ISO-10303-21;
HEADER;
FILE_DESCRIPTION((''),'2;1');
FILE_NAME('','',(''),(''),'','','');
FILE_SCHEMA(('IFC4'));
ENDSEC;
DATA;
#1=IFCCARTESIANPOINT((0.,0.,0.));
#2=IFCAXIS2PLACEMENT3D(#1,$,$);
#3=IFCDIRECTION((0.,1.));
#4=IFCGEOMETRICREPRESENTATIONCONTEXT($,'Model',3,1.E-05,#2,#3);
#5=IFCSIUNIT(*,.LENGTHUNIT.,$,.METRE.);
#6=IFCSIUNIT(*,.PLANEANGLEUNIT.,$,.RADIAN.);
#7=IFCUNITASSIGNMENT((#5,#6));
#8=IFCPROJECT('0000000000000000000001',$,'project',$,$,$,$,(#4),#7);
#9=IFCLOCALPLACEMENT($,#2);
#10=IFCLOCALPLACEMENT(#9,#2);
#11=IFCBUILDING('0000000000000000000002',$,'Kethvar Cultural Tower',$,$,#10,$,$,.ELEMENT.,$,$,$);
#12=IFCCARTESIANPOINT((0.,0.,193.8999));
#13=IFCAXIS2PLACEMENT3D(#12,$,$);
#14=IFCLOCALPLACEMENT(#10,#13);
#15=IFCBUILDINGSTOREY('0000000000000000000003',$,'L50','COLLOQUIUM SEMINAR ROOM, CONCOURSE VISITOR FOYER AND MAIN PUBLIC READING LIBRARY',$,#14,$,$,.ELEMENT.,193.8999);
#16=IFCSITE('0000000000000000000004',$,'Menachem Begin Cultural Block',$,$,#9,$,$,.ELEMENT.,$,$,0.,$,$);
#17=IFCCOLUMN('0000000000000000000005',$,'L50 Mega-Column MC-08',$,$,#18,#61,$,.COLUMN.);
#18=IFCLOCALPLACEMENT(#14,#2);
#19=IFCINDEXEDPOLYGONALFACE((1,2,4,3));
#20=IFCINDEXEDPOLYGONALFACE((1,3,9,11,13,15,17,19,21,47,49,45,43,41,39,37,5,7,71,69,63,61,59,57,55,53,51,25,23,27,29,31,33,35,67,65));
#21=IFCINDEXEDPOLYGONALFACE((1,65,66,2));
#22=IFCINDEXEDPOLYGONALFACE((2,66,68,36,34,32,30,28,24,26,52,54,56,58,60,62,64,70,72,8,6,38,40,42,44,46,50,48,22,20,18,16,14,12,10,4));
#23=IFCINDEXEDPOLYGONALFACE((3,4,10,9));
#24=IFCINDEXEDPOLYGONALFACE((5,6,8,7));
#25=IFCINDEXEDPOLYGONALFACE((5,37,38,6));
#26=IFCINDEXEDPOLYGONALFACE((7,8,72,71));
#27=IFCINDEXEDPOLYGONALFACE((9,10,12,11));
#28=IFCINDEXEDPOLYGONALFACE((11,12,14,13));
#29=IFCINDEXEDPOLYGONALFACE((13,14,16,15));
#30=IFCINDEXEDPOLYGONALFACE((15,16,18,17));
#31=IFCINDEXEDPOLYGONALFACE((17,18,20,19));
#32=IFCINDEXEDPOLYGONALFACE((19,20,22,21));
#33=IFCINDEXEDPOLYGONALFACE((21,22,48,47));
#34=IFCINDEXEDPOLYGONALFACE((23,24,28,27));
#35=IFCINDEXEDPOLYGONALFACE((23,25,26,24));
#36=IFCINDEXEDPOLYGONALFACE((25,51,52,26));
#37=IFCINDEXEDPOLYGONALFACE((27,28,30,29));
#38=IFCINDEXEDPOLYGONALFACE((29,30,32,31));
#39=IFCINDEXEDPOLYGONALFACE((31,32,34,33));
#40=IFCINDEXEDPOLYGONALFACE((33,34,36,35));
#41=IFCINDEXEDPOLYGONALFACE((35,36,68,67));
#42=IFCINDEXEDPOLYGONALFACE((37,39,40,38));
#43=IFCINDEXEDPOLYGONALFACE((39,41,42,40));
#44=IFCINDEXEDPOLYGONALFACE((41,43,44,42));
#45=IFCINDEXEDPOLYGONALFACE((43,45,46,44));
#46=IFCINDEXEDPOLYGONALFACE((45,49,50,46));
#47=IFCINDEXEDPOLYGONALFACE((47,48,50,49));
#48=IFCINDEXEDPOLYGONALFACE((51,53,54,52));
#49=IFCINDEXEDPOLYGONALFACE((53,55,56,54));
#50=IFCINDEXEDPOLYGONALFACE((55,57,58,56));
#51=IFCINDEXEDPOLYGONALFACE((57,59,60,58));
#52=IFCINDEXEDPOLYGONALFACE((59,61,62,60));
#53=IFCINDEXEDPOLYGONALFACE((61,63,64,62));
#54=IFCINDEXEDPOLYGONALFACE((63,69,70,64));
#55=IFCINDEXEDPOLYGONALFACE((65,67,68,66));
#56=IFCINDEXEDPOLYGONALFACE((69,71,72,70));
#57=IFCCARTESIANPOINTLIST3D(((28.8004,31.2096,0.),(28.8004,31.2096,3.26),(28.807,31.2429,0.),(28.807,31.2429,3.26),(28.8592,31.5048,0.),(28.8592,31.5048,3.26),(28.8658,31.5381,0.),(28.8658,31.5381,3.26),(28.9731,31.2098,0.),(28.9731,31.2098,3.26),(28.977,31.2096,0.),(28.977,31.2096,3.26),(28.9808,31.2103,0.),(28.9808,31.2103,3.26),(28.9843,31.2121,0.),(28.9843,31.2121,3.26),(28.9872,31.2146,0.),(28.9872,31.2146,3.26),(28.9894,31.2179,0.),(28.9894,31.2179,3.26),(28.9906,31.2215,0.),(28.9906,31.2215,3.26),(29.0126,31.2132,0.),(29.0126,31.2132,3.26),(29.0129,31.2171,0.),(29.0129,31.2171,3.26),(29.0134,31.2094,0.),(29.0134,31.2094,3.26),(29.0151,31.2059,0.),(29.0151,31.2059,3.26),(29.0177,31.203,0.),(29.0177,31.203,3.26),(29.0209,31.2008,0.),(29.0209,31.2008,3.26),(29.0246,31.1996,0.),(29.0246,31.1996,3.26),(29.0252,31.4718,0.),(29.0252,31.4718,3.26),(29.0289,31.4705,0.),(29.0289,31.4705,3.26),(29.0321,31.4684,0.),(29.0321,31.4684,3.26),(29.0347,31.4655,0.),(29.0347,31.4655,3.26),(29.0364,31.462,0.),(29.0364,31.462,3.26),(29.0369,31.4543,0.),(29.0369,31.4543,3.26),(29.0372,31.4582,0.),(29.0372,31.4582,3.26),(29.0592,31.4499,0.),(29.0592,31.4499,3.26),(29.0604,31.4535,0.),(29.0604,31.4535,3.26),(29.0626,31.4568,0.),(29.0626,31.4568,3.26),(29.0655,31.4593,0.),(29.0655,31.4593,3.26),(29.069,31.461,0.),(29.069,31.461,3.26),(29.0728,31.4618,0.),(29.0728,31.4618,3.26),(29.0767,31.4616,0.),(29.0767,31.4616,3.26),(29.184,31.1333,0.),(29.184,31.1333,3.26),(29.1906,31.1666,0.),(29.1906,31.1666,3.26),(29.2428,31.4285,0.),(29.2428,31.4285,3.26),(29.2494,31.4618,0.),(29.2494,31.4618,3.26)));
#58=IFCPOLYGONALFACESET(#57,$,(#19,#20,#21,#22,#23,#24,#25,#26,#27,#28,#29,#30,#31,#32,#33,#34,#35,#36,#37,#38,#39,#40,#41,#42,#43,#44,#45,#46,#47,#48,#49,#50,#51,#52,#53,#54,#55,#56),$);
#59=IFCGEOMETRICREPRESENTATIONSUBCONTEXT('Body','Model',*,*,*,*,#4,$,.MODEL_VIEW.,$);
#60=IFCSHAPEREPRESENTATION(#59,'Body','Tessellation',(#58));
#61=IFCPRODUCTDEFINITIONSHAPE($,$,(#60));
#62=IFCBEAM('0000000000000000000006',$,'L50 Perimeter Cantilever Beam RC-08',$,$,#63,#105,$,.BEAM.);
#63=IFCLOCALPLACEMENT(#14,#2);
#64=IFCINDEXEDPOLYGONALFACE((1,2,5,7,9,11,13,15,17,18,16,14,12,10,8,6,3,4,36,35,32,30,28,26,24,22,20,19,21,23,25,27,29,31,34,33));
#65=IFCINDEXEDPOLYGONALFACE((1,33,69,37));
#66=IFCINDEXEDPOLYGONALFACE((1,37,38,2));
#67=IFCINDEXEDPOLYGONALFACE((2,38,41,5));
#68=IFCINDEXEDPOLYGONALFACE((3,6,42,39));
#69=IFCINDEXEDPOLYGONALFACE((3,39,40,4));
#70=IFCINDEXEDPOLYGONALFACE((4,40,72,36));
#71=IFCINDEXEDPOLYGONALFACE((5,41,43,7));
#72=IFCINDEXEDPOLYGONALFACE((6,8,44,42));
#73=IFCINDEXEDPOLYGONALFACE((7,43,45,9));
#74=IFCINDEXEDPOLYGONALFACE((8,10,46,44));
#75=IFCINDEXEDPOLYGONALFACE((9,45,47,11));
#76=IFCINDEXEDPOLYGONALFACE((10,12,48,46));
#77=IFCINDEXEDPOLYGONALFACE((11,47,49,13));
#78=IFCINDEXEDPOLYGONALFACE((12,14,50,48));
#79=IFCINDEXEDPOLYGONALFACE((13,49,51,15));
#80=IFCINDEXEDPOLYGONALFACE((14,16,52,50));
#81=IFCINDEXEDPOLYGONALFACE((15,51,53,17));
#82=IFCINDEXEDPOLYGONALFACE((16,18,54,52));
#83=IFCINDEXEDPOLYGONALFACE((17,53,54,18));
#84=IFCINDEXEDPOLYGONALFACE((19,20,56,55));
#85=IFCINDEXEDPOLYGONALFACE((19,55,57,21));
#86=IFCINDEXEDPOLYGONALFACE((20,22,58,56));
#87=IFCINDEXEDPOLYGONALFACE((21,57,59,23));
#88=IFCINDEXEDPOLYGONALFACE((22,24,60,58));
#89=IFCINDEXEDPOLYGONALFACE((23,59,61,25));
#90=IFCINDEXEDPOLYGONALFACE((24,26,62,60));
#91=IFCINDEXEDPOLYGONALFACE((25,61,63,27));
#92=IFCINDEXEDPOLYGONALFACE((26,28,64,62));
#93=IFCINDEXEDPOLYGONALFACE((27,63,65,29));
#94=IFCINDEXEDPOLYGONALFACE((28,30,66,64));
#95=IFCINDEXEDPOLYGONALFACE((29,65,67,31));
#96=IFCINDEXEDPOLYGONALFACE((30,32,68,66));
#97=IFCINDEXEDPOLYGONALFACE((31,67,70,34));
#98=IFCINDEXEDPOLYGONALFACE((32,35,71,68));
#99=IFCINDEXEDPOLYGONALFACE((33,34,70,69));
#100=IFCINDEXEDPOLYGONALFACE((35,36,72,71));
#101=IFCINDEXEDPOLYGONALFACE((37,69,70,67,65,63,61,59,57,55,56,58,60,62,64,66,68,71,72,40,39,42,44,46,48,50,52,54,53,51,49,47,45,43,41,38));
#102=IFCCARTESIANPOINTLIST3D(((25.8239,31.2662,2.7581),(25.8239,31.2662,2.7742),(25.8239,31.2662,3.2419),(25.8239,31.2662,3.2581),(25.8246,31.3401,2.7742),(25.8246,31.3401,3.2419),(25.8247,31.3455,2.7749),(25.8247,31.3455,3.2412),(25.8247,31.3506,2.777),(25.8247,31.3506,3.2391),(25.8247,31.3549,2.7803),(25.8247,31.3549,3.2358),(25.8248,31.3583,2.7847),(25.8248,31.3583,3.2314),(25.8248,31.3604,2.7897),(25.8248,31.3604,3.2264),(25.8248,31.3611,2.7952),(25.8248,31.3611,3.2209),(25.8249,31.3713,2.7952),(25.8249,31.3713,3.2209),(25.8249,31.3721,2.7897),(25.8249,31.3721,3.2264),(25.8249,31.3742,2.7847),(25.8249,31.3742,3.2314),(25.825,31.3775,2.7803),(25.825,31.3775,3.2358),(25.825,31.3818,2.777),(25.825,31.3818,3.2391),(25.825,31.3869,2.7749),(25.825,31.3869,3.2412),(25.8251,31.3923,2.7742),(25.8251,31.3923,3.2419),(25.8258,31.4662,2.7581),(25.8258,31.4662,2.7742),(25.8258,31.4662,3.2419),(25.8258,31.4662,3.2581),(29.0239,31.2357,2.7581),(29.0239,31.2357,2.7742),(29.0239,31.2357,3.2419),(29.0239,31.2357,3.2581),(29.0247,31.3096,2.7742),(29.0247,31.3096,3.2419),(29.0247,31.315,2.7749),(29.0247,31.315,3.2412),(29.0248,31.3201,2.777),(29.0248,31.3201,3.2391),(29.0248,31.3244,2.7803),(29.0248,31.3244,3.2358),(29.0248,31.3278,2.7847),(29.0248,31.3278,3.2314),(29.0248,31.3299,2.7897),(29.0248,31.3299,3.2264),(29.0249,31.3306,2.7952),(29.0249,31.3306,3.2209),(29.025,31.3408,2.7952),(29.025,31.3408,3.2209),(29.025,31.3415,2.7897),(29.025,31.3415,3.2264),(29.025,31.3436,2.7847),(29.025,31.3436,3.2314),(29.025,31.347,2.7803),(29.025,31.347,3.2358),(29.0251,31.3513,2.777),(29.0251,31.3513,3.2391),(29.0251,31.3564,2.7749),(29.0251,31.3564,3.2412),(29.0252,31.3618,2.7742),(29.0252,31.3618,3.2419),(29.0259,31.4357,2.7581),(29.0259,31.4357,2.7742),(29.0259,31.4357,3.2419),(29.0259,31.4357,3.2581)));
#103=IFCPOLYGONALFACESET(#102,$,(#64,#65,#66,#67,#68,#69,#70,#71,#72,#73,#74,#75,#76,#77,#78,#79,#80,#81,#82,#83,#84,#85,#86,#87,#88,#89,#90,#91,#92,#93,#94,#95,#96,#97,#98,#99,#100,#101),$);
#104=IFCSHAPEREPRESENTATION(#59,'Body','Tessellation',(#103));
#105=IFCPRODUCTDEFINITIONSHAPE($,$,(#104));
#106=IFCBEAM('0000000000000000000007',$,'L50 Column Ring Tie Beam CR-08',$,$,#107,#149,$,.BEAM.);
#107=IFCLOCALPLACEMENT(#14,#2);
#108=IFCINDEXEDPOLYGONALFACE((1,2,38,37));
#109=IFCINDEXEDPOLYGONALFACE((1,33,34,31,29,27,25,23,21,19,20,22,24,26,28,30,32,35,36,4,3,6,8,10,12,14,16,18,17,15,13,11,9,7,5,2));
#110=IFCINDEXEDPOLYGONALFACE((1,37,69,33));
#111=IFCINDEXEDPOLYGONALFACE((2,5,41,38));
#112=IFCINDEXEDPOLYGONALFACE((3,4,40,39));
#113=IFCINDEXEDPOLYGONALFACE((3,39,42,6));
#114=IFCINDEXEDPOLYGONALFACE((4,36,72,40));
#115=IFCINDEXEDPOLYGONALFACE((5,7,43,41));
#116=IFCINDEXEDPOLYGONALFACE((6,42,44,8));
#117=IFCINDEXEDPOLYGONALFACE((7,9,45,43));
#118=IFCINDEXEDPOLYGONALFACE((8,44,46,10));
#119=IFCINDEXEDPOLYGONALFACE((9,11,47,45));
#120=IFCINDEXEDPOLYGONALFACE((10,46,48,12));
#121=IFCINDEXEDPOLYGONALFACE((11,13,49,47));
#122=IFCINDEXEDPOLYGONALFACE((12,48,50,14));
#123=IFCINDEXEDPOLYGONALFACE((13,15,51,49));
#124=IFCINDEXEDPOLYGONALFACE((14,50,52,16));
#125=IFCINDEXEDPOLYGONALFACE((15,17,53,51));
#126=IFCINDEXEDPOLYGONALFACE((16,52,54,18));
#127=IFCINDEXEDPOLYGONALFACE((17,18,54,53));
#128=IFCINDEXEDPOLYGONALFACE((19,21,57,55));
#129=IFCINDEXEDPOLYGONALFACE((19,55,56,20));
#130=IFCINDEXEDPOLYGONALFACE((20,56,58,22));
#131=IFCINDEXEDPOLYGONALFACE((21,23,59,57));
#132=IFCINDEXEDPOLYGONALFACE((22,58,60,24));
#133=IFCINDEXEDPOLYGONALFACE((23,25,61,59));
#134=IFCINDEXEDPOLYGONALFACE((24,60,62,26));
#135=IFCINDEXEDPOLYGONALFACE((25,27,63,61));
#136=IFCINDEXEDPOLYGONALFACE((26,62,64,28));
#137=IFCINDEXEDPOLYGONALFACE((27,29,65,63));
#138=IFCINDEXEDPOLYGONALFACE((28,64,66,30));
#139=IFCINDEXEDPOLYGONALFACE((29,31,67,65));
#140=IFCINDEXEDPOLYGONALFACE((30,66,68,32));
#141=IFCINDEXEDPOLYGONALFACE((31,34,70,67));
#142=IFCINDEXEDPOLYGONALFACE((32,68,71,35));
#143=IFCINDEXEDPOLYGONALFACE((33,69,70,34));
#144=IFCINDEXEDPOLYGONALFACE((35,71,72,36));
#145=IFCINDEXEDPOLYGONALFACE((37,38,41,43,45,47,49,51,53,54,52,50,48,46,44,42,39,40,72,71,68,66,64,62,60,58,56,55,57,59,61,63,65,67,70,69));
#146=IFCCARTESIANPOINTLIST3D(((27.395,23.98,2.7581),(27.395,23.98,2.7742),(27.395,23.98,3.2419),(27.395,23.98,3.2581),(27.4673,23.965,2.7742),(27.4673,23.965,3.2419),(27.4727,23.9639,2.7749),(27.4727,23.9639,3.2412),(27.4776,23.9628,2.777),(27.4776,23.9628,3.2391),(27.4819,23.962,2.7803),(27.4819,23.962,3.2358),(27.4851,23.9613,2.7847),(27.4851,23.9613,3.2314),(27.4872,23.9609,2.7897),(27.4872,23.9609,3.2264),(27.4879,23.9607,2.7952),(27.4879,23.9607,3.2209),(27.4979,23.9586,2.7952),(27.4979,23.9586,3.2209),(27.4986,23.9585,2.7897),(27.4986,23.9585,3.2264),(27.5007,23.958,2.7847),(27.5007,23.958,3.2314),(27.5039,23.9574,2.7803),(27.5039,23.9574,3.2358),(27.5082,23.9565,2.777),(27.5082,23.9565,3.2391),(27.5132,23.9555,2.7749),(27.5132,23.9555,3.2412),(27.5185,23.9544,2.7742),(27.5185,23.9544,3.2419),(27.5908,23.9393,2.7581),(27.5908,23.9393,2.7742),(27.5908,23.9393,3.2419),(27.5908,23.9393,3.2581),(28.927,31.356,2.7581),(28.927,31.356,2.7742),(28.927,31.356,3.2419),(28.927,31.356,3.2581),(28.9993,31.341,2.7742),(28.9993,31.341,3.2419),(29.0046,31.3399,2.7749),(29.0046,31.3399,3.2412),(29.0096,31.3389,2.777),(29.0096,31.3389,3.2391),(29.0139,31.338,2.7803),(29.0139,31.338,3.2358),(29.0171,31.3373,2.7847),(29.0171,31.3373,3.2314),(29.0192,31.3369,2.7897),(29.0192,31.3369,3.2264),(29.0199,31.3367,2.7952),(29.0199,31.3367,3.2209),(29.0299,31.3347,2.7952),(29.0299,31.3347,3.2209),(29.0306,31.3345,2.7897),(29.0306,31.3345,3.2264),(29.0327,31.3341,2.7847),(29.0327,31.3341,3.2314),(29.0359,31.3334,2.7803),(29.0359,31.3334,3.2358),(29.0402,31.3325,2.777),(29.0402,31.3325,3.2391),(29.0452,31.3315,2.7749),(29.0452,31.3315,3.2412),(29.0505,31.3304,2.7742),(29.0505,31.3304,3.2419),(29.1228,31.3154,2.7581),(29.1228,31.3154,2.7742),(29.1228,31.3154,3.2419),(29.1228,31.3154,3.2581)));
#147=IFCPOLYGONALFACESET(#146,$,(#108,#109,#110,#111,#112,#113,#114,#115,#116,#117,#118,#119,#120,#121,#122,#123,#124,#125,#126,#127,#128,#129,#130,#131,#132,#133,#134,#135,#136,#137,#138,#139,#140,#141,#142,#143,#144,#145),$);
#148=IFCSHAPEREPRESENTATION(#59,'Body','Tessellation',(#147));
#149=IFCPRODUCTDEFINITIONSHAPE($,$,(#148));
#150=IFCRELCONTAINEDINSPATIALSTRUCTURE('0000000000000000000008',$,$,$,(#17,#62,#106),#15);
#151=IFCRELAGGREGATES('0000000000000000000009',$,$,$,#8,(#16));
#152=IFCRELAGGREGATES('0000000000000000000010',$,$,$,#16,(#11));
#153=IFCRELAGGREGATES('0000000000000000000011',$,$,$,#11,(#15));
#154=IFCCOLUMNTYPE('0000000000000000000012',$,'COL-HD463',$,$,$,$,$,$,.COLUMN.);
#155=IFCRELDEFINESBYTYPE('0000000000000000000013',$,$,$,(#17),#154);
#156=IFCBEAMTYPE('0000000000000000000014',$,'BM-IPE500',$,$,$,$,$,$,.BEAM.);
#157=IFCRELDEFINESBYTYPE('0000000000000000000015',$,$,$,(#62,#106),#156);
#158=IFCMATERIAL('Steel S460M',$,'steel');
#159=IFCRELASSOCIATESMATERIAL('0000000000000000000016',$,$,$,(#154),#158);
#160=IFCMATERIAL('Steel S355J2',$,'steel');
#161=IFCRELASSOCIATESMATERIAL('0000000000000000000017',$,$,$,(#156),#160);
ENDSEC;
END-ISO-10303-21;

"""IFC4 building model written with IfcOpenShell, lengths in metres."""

from ifc_helpers import new_model, si_unit, direction, frame, origin, origin_2d, place, context, subcontext, project, spatial, i_section, extrude, source, transform, mapped, material, material_profile, profile_set, type_object, element, save


model = new_model("IFC4")

# Units and contexts
model_context = context("Model", 3, precision=1e-05, world=origin(), true_north=direction((0.0, 1.0)))
body_context = subcontext(model_context, "Body", "Model", "MODEL_VIEW")
ifc_project = project(units=[si_unit("LENGTHUNIT", "METRE"), si_unit("PLANEANGLEUNIT", "RADIAN")], contexts=[model_context])

# Site, building, storey
site_placement = place(None, origin())
site = spatial("IfcSite", under=ifc_project, at=site_placement, Name="Menachem Begin Cultural Block", CompositionType="ELEMENT", RefElevation=0.0)
building_placement = place(site_placement, origin())
building = spatial("IfcBuilding", under=site, at=building_placement, Name="Kethvar Cultural Tower", CompositionType="ELEMENT")
storey_placement = place(building_placement, frame((0.0, 0.0, 193.8999)))
storey = spatial("IfcBuildingStorey", under=building, at=storey_placement, Name="L50", Description="COLLOQUIUM SEMINAR ROOM, CONCOURSE VISITOR FOYER AND MAIN PUBLIC READING LIBRARY", CompositionType="ELEMENT", Elevation=193.8999)

# Column
ifc_material_1 = material(Name="Steel S460M", Category="steel")
ifc_material_profile_1 = material_profile(ifc_material_1, i_section(OverallWidth=0.3911, OverallDepth=0.335, WebThickness=0.0227, FlangeThickness=0.0339, FilletRadius=0.0149, at=origin_2d()), Name="Steel S460M — HD400x463")
ifc_profile_set_1 = profile_set([ifc_material_profile_1], Name="Steel S460M — HD400x463")
column_type = type_object("IfcColumnType", Name="COL-HD463", PredefinedType="COLUMN", material=ifc_profile_set_1)
shared_shape_1 = source(origin(), body_context, "Body", "SweptSolid", [
    extrude(i_section(OverallWidth=0.3911, OverallDepth=0.335, WebThickness=0.0227, FlangeThickness=0.0339, FilletRadius=0.0149, at=origin_2d()), origin(), (0.0, 0.0, 1.0), 3.26),
])
column_placement = place(storey_placement, frame((29.0249, 31.3357, 0.0), z_axis=(0.0, 0.0, 1.0), x_axis=(-0.980785, 0.19509, 0.0)))
element("IfcColumn", 1, at=column_placement, inside=storey, type_object=column_type, Name="L50 Mega-Column MC-08", PredefinedType="COLUMN", context=body_context, shape_type="MappedRepresentation", body=[
    mapped(shared_shape_1, transform((0.0, 0.0, 0.0), scale=1.0)),
])

# Beams
ifc_material_2 = material(Name="Steel S355J2", Category="steel")
ifc_material_profile_2 = material_profile(ifc_material_2, i_section(OverallWidth=0.2, OverallDepth=0.5, WebThickness=0.0103, FlangeThickness=0.0161, FilletRadius=0.021, at=origin_2d()), Name="Steel S355J2 — IPE500")
ifc_profile_set_2 = profile_set([ifc_material_profile_2], Name="Steel S355J2 — IPE500")
beam_type_1 = type_object("IfcBeamType", Name="BM-IPE500", PredefinedType="BEAM", material=ifc_profile_set_2)
shared_shape_2 = source(origin(), body_context, "Body", "SweptSolid", [
    extrude(i_section(OverallWidth=0.2, OverallDepth=0.5, WebThickness=0.0103, FlangeThickness=0.0161, FilletRadius=0.021, at=origin_2d()), origin(), (0.0, 0.0, 1.0), 3.2002),
])
beam_1_placement = place(storey_placement, frame((29.0249, 31.3357, 3.0081), z_axis=(-0.999955, 0.009536, 0.0), x_axis=(-0.009536, -0.999955, 0.0)))
element("IfcBeam", 2, at=beam_1_placement, inside=storey, type_object=beam_type_1, Name="L50 Perimeter Cantilever Beam RC-08", PredefinedType="BEAM", context=body_context, shape_type="MappedRepresentation", body=[
    mapped(shared_shape_2, transform((0.0, 0.0, 0.0), scale=1.0)),
])
shared_shape_3 = source(origin(), body_context, "Body", "SweptSolid", [
    extrude(i_section(OverallWidth=0.2, OverallDepth=0.5, WebThickness=0.0103, FlangeThickness=0.0161, FilletRadius=0.021, at=origin_2d()), origin(), (0.0, 0.0, 1.0), 7.5334),
])
beam_2_placement = place(storey_placement, frame((29.0249, 31.3357, 3.0081), z_axis=(-0.203359, -0.979104, 0.0), x_axis=(0.979104, -0.203359, 0.0)))
element("IfcBeam", 3, at=beam_2_placement, inside=storey, type_object=beam_type_1, Name="L50 Column Ring Tie Beam CR-08", PredefinedType="BEAM", context=body_context, shape_type="MappedRepresentation", body=[
    mapped(shared_shape_3, transform((0.0, 0.0, 0.0), scale=1.0)),
])

save(model, "model.ifc")
